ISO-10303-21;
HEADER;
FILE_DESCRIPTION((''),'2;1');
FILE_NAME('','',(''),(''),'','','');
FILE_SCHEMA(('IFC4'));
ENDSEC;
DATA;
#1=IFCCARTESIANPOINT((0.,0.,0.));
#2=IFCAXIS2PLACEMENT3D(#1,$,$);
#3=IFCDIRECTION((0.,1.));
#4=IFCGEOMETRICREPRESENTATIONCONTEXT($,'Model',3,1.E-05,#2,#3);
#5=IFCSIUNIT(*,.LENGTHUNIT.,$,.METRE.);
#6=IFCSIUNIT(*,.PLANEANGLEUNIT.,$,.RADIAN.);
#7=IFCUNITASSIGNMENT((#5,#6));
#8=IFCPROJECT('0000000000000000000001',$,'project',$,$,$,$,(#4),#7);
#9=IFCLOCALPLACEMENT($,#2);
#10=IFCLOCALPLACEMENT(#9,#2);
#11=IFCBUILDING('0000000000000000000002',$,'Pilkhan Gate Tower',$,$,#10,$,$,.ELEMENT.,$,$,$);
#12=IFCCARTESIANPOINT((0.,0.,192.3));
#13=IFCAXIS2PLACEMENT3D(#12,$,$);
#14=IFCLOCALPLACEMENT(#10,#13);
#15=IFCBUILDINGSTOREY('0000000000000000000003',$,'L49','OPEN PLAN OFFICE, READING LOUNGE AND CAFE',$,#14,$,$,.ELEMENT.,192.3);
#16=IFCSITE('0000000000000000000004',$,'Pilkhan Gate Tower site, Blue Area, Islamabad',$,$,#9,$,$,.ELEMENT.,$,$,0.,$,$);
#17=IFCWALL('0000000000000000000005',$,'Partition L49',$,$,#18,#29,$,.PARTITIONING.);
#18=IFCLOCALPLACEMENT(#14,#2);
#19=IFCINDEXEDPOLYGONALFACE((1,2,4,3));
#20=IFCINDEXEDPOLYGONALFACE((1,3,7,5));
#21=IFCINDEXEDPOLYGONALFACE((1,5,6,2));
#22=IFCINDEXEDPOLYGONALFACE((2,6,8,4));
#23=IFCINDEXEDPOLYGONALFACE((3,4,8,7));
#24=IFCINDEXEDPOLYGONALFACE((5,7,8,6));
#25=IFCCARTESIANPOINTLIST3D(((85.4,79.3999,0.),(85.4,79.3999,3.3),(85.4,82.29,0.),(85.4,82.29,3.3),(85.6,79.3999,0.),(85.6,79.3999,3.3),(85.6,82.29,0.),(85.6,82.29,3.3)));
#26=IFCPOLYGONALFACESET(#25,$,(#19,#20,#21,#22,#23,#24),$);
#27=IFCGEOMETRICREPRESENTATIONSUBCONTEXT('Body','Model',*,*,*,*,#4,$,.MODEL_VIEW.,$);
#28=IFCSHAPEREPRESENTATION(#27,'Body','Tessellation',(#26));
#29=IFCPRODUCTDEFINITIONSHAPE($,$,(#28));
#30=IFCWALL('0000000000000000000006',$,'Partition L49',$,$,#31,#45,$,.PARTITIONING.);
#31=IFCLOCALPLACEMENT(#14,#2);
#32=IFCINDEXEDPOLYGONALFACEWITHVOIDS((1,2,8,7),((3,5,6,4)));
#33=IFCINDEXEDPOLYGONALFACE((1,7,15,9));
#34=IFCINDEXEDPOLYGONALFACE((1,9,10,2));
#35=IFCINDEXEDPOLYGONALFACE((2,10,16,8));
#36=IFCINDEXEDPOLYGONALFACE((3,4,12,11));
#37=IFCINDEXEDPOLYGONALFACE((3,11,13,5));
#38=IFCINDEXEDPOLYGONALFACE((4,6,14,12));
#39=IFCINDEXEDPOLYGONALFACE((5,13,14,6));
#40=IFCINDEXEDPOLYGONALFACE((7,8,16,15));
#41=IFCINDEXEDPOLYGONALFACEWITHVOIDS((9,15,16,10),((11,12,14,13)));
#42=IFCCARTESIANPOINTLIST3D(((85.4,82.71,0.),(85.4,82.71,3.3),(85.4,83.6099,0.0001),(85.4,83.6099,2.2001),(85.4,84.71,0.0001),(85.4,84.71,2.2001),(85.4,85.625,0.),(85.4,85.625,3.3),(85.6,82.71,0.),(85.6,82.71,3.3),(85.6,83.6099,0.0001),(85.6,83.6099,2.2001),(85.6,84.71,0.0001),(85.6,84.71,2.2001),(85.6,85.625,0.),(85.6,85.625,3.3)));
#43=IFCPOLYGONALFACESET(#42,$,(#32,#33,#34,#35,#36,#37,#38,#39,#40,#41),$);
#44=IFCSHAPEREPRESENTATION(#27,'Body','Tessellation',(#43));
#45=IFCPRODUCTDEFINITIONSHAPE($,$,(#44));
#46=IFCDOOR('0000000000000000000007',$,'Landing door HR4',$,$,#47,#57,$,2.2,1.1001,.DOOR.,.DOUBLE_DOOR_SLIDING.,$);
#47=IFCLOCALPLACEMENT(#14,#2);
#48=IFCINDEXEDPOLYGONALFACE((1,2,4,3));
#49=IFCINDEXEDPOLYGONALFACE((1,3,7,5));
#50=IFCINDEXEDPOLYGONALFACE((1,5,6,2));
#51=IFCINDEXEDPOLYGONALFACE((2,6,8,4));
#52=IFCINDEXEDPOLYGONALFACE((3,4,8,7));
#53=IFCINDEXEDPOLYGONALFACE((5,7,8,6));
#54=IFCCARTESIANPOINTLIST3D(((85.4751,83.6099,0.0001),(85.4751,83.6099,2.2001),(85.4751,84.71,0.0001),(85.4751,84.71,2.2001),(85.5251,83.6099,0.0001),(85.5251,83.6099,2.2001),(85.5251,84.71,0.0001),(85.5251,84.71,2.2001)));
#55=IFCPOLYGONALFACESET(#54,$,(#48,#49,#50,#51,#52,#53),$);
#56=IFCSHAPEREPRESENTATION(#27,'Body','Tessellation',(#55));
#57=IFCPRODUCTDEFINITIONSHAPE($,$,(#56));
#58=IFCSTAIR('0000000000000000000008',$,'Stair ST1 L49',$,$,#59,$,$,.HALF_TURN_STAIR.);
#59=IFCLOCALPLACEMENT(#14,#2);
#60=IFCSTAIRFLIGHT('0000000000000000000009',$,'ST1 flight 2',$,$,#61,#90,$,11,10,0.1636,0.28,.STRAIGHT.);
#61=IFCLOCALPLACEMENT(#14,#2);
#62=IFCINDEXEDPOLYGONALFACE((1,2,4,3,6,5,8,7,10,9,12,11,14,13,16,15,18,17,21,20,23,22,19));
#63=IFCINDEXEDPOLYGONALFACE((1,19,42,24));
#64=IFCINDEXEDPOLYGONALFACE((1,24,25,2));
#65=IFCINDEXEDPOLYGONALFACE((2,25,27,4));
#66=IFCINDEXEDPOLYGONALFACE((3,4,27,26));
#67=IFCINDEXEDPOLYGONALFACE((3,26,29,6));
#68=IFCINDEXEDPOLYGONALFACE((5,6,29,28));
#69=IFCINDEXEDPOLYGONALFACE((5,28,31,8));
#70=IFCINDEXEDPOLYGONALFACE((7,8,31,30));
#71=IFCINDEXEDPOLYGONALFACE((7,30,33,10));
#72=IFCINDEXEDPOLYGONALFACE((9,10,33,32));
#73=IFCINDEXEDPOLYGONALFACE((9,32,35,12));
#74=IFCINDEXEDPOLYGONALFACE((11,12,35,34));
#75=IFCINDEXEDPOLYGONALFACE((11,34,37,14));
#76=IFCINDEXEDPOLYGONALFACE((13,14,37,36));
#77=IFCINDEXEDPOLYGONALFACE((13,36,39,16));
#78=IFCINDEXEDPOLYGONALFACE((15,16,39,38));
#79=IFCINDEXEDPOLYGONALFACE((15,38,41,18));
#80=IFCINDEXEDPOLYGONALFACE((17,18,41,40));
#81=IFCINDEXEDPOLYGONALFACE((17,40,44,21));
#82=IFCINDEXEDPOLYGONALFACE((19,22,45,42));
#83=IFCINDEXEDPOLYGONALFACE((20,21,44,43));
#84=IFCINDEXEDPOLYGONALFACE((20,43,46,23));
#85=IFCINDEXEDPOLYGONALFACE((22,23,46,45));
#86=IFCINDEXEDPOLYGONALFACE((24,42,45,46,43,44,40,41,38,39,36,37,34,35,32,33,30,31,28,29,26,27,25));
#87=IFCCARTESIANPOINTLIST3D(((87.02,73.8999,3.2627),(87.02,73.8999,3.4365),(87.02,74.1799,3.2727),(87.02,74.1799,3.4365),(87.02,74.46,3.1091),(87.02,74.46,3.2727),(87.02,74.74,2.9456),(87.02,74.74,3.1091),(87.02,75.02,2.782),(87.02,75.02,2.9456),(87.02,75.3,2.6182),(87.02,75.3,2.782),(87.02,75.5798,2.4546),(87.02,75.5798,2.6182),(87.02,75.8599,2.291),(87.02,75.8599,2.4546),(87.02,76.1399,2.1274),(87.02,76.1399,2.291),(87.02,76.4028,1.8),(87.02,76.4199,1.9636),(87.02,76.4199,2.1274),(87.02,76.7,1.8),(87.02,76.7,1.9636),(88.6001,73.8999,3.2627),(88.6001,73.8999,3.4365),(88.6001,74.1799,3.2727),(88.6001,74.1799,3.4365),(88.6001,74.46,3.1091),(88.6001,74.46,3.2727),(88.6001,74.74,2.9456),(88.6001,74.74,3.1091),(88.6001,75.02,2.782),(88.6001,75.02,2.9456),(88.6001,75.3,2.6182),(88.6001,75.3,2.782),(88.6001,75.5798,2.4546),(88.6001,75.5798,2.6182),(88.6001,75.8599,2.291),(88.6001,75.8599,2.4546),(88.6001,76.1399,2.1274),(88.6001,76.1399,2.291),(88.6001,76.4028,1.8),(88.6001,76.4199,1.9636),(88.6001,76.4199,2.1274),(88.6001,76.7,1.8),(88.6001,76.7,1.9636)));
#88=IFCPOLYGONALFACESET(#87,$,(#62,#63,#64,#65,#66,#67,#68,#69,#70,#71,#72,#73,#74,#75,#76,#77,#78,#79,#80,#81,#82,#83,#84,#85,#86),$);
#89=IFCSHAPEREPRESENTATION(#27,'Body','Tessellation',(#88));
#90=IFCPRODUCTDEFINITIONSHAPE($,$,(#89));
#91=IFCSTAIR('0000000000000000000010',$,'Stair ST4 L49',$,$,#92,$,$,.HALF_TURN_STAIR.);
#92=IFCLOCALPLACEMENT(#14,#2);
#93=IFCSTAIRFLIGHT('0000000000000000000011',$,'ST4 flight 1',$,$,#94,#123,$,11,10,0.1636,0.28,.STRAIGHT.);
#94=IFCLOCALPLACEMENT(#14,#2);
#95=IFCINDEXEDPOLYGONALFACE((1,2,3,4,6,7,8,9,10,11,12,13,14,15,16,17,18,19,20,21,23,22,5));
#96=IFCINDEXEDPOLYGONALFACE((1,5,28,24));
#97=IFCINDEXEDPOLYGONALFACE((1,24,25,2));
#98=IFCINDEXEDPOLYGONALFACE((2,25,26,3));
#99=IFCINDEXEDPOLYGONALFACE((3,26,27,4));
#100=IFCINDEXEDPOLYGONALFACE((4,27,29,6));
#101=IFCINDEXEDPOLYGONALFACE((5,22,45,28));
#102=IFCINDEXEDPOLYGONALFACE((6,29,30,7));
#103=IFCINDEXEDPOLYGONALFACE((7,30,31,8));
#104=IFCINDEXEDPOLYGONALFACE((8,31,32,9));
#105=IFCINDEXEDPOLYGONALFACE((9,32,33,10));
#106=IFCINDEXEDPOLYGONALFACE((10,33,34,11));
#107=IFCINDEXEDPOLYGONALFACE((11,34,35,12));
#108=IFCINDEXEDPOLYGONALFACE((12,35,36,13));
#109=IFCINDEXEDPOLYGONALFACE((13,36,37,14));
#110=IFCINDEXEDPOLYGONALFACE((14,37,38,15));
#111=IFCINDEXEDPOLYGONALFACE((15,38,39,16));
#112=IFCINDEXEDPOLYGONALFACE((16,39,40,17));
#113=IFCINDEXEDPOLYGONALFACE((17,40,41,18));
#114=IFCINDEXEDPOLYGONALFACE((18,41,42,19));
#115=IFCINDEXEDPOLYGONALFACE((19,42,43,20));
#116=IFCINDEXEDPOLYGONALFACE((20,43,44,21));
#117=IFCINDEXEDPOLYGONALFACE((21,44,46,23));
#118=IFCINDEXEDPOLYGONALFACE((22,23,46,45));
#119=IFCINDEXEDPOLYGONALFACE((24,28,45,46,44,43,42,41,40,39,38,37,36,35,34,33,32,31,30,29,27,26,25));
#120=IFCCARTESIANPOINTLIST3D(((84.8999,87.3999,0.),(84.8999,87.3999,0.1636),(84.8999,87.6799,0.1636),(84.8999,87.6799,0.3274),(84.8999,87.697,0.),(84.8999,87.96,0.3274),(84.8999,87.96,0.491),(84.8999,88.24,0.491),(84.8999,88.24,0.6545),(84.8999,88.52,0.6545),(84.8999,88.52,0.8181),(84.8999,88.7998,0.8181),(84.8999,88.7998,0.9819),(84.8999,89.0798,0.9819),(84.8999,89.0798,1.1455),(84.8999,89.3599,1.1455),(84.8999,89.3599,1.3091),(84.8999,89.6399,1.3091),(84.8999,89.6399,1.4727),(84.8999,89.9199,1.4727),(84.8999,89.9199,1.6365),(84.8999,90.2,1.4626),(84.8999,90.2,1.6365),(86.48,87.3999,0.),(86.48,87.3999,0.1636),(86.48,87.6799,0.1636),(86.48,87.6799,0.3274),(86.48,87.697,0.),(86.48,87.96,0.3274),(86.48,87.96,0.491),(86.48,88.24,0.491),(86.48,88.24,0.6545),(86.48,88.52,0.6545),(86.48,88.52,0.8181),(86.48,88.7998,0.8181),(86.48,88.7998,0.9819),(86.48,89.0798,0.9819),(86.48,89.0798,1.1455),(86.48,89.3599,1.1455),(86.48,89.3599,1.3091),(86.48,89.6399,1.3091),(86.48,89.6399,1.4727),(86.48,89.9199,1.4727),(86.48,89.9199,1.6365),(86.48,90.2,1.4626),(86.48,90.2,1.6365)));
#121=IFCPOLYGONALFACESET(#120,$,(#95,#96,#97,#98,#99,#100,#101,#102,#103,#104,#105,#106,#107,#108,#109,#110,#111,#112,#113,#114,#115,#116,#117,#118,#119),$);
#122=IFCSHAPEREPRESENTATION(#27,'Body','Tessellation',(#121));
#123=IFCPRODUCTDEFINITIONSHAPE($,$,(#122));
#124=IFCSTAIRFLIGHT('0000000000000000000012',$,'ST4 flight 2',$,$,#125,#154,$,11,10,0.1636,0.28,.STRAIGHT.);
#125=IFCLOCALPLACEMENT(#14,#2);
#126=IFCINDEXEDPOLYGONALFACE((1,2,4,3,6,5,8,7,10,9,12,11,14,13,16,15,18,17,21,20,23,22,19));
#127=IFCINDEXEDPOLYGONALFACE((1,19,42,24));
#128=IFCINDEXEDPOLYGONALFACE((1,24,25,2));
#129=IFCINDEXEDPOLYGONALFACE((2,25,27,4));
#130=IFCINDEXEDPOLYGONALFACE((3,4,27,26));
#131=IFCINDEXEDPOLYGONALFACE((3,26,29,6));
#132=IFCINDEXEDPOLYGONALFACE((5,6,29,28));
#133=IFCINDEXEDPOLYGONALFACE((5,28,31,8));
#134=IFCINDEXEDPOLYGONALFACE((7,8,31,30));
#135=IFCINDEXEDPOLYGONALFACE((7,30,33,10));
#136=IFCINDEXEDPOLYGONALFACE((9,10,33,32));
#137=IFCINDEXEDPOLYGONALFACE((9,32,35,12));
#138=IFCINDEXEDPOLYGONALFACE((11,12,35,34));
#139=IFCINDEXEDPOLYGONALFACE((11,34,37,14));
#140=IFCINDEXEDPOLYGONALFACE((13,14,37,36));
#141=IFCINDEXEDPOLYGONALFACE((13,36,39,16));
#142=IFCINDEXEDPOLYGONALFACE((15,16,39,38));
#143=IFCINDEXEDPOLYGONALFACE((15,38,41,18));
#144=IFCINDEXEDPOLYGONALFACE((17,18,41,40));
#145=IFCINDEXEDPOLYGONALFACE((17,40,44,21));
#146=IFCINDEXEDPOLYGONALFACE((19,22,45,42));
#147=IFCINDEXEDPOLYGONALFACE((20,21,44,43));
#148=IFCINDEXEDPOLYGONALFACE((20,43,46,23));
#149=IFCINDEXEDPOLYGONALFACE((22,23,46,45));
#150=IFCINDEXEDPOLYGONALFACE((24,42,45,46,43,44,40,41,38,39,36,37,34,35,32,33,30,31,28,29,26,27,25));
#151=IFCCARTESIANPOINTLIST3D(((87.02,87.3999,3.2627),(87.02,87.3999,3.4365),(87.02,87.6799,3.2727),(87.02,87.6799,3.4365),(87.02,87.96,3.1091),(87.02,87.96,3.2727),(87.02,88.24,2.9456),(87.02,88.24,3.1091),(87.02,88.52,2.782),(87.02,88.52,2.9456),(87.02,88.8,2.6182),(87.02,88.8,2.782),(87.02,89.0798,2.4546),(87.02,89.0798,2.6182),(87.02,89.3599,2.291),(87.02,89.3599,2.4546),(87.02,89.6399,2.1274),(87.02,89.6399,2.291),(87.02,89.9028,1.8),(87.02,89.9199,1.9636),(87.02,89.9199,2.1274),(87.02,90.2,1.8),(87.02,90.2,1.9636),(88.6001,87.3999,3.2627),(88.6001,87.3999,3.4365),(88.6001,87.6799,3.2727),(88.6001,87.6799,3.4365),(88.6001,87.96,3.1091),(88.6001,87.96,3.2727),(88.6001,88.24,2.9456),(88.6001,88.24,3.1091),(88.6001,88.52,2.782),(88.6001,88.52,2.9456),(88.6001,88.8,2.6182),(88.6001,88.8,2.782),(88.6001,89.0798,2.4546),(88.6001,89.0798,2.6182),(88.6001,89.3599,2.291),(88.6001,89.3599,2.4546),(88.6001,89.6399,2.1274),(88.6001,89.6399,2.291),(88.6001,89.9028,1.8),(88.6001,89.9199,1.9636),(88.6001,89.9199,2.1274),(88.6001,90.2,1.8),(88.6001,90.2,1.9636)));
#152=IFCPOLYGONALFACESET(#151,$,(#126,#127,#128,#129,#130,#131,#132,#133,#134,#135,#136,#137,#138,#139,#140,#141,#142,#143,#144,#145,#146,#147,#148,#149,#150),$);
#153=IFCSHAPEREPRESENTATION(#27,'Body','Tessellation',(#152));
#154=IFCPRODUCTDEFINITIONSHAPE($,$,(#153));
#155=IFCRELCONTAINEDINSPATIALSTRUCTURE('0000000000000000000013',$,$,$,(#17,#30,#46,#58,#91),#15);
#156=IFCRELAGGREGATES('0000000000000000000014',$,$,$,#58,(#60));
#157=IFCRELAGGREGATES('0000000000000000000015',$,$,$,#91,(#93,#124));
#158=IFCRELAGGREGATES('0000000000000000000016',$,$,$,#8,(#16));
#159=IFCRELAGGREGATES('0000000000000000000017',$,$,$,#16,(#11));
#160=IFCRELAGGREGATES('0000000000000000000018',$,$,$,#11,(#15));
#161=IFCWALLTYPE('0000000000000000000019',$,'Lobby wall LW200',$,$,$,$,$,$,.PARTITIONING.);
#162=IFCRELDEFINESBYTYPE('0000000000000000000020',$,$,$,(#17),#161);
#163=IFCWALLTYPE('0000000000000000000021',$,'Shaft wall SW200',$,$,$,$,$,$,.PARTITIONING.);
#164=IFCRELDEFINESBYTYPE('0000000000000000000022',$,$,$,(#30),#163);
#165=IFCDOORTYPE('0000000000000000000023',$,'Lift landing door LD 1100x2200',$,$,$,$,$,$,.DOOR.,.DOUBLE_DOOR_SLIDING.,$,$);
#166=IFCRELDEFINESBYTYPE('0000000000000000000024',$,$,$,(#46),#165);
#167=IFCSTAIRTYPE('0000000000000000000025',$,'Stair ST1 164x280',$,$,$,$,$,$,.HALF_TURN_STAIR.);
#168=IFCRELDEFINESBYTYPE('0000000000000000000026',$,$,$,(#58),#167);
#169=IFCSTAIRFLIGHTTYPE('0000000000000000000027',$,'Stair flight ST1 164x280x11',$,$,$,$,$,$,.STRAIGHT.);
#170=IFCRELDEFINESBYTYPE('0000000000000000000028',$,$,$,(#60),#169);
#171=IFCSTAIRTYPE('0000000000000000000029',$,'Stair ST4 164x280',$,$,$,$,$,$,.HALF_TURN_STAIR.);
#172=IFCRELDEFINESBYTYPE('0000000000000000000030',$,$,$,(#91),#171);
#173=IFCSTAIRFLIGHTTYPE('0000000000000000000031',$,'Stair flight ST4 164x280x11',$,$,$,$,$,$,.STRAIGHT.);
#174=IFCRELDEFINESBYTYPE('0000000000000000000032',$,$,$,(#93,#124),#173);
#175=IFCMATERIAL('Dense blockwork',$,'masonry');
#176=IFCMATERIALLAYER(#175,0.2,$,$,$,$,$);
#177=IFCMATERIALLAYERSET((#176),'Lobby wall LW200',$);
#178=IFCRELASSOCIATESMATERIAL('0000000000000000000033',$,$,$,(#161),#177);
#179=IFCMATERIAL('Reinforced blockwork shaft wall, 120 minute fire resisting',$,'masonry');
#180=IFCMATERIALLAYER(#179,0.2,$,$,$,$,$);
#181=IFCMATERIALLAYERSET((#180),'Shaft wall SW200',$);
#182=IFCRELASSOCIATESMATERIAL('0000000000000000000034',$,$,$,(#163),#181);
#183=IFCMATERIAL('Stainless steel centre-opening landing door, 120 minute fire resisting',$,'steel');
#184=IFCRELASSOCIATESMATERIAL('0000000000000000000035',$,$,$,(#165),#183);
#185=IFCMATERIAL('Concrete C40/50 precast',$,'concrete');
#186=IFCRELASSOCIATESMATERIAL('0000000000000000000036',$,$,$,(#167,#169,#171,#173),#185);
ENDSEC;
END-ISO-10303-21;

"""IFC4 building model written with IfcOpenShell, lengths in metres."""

from ifc_helpers import new_model, si_unit, direction, frame, frame_2d, origin, place, context, subcontext, project, spatial, polyline, rectangle, outline, extrude, material, layer, layer_set, type_object, element, fill, aggregate, save


model = new_model("IFC4")

# Units and contexts
model_context = context("Model", 3, precision=1e-05, world=origin(), true_north=direction((0.0, 1.0)))
body_context = subcontext(model_context, "Body", "Model", "MODEL_VIEW")
ifc_project = project(units=[si_unit("LENGTHUNIT", "METRE"), si_unit("PLANEANGLEUNIT", "RADIAN")], contexts=[model_context])

# Site, building, storey
site_placement = place(None, origin())
site = spatial("IfcSite", under=ifc_project, at=site_placement, Name="Pilkhan Gate Tower site, Blue Area, Islamabad", CompositionType="ELEMENT", RefElevation=0.0)
building_placement = place(site_placement, origin())
building = spatial("IfcBuilding", under=site, at=building_placement, Name="Pilkhan Gate Tower", CompositionType="ELEMENT")
storey_placement = place(building_placement, frame((0.0, 0.0, 192.3)))
storey = spatial("IfcBuildingStorey", under=building, at=storey_placement, Name="L49", Description="OPEN PLAN OFFICE, READING LOUNGE AND CAFE", CompositionType="ELEMENT", Elevation=192.3)

# Shared definitions
ifc_material_1 = material(Name="Dense blockwork", Category="masonry")

# Wall
ifc_layer_1 = layer(ifc_material_1, 0.2)
ifc_layer_set_1 = layer_set([ifc_layer_1], Name="Lobby wall LW200")
wall_type_1 = type_object("IfcWallType", Name="Lobby wall LW200", PredefinedType="PARTITIONING", material=ifc_layer_set_1)
wall_1_placement = place(storey_placement, frame((85.5, 79.3999, 0.0), z_axis=(0.0, 0.0, 1.0), x_axis=(0.0, 1.0, 0.0)))
element("IfcWall", 1, at=wall_1_placement, inside=storey, type_object=wall_type_1, Name="Partition L49", PredefinedType="PARTITIONING", context=body_context, shape_type="SweptSolid", body=[
    extrude(rectangle(XDim=2.8901, YDim=0.2, at=frame_2d((1.4451, 0.0))), origin(), (0.0, 0.0, 1.0), 3.3),
])

# Wall, opening, door
ifc_material_2 = material(Name="Reinforced blockwork shaft wall, 120 minute fire resisting", Category="masonry")
ifc_layer_2 = layer(ifc_material_2, 0.2)
ifc_layer_set_2 = layer_set([ifc_layer_2], Name="Shaft wall SW200")
wall_type_2 = type_object("IfcWallType", Name="Shaft wall SW200", PredefinedType="PARTITIONING", material=ifc_layer_set_2)
wall_2_placement = place(storey_placement, frame((85.5, 82.71, 0.0), z_axis=(0.0, 0.0, 1.0), x_axis=(0.0, 1.0, 0.0)))
wall_2 = element("IfcWall", 2, at=wall_2_placement, inside=storey, type_object=wall_type_2, Name="Partition L49", PredefinedType="PARTITIONING", context=body_context, shape_type="SweptSolid", body=[
    extrude(rectangle(XDim=2.915, YDim=0.2, at=frame_2d((1.4575, 0.0))), origin(), (0.0, 0.0, 1.0), 3.3),
])
opening_1_placement = place(wall_2_placement, frame((0.8999, 0.0, 0.0)))
opening_1 = element("IfcOpeningElement", 3, at=opening_1_placement, cuts=wall_2, PredefinedType="OPENING", context=body_context, shape_type="SweptSolid", body=[
    extrude(rectangle(XDim=1.1001, YDim=2.2, at=frame_2d((0.55, 1.1001))), frame((0.0, 0.1099, 0.0), z_axis=(0.0, -1.0, 0.0), x_axis=(1.0, 0.0, 0.0)), (0.0, 0.0, 1.0), 0.22),
])
ifc_material_3 = material(Name="Stainless steel centre-opening landing door, 120 minute fire resisting", Category="steel")
door_type_1 = type_object("IfcDoorType", Name="Lift landing door LD 1100x2200", OperationType="DOUBLE_DOOR_SLIDING", PredefinedType="DOOR", material=ifc_material_3)
door_1_placement = place(opening_1_placement, origin())
door_1 = element("IfcDoor", 4, at=door_1_placement, inside=storey, type_object=door_type_1, Name="Landing door HR4", OperationType="DOUBLE_DOOR_SLIDING", OverallHeight=2.2, OverallWidth=1.1001, PredefinedType="DOOR", context=body_context, shape_type="SweptSolid", body=[
    extrude(rectangle(XDim=1.1001, YDim=2.2, at=frame_2d((0.55, 1.1001))), frame((0.0, 0.0249, 0.0), z_axis=(0.0, -1.0, 0.0), x_axis=(1.0, 0.0, 0.0)), (0.0, 0.0, 1.0), 0.05),
])
fill(opening_1, door_1)

# Stair, stair flight
ifc_material_4 = material(Name="Concrete C40/50 precast", Category="concrete")
stair_type_1 = type_object("IfcStairType", Name="Stair ST1 164x280", PredefinedType="HALF_TURN_STAIR", material=ifc_material_4)
stair_1_placement = place(storey_placement, origin())
stair_1 = element("IfcStair", 5, at=stair_1_placement, inside=storey, type_object=stair_type_1, Name="Stair ST1 L49", PredefinedType="HALF_TURN_STAIR")
stair_flight_type_1 = type_object("IfcStairFlightType", Name="Stair flight ST1 164x280x11", PredefinedType="STRAIGHT", material=ifc_material_4)
stair_flight_1_placement = place(storey_placement, frame((87.8101, 76.7, 1.8), z_axis=(0.0, 0.0, 1.0), x_axis=(0.0, -1.0, 0.0)))
stair_flight_1 = element("IfcStairFlight", 6, at=stair_flight_1_placement, type_object=stair_flight_type_1, Name="ST1 flight 2", NumberOfRisers=11, NumberOfTreads=10, PredefinedType="STRAIGHT", RiserHeight=0.1636, TreadLength=0.28, context=body_context, shape_type="SweptSolid", body=[
    extrude(outline(polyline([(0.0, 0.0), (0.0, 0.1636), (0.28, 0.1636), (0.28, 0.3274), (0.5601, 0.3274), (0.5601, 0.491), (0.8401, 0.491), (0.8401, 0.6545), (1.1201, 0.6545), (1.1201, 0.8181), (1.3999, 0.8181), (1.3999, 0.9819), (1.6799, 0.9819), (1.6799, 1.1455), (1.96, 1.1455), (1.96, 1.3091), (2.24, 1.3091), (2.24, 1.4727), (2.52, 1.4727), (2.52, 1.6365), (2.8, 1.6365), (2.8, 1.8), (2.8, 1.4626), (0.2971, 0.0), (0.0, 0.0)])), frame((0.0, 0.79, 0.0), z_axis=(0.0, -1.0, 0.0), x_axis=(1.0, 0.0, 0.0)), (0.0, 0.0, 1.0), 1.5801),
])
aggregate(stair_1, [stair_flight_1])

# Stair, stair flights
stair_type_2 = type_object("IfcStairType", Name="Stair ST4 164x280", PredefinedType="HALF_TURN_STAIR", material=ifc_material_4)
stair_2_placement = place(storey_placement, origin())
stair_2 = element("IfcStair", 7, at=stair_2_placement, inside=storey, type_object=stair_type_2, Name="Stair ST4 L49", PredefinedType="HALF_TURN_STAIR")
stair_flight_type_2 = type_object("IfcStairFlightType", Name="Stair flight ST4 164x280x11", PredefinedType="STRAIGHT", material=ifc_material_4)
stair_flight_2_placement = place(storey_placement, frame((85.6899, 87.3999, 0.0), z_axis=(0.0, 0.0, 1.0), x_axis=(0.0, 1.0, 0.0)))
stair_flight_2 = element("IfcStairFlight", 8, at=stair_flight_2_placement, type_object=stair_flight_type_2, Name="ST4 flight 1", NumberOfRisers=11, NumberOfTreads=10, PredefinedType="STRAIGHT", RiserHeight=0.1636, TreadLength=0.28, context=body_context, shape_type="SweptSolid", body=[
    extrude(outline(polyline([(0.0, 0.0), (0.0, 0.1636), (0.28, 0.1636), (0.28, 0.3274), (0.5601, 0.3274), (0.5601, 0.491), (0.8401, 0.491), (0.8401, 0.6545), (1.1201, 0.6545), (1.1201, 0.8181), (1.3999, 0.8181), (1.3999, 0.9819), (1.6799, 0.9819), (1.6799, 1.1455), (1.96, 1.1455), (1.96, 1.3091), (2.24, 1.3091), (2.24, 1.4727), (2.52, 1.4727), (2.52, 1.6365), (2.8, 1.6365), (2.8, 1.8), (2.8, 1.4626), (0.2971, 0.0), (0.0, 0.0)])), frame((0.0, 0.79, 0.0), z_axis=(0.0, -1.0, 0.0), x_axis=(1.0, 0.0, 0.0)), (0.0, 0.0, 1.0), 1.5801),
])
stair_flight_3_placement = place(storey_placement, frame((87.8101, 90.2, 1.8), z_axis=(0.0, 0.0, 1.0), x_axis=(0.0, -1.0, 0.0)))
stair_flight_3 = element("IfcStairFlight", 9, at=stair_flight_3_placement, type_object=stair_flight_type_2, Name="ST4 flight 2", NumberOfRisers=11, NumberOfTreads=10, PredefinedType="STRAIGHT", RiserHeight=0.1636, TreadLength=0.28, context=body_context, shape_type="SweptSolid", body=[
    extrude(outline(polyline([(0.0, 0.0), (0.0, 0.1636), (0.28, 0.1636), (0.28, 0.3274), (0.5601, 0.3274), (0.5601, 0.491), (0.8401, 0.491), (0.8401, 0.6545), (1.1201, 0.6545), (1.1201, 0.8181), (1.3999, 0.8181), (1.3999, 0.9819), (1.6799, 0.9819), (1.6799, 1.1455), (1.96, 1.1455), (1.96, 1.3091), (2.24, 1.3091), (2.24, 1.4727), (2.52, 1.4727), (2.52, 1.6365), (2.8, 1.6365), (2.8, 1.8), (2.8, 1.4626), (0.2971, 0.0), (0.0, 0.0)])), frame((0.0, 0.79, 0.0), z_axis=(0.0, -1.0, 0.0), x_axis=(1.0, 0.0, 0.0)), (0.0, 0.0, 1.0), 1.5801),
])
aggregate(stair_2, [stair_flight_2, stair_flight_3])

save(model, "model.ifc")
